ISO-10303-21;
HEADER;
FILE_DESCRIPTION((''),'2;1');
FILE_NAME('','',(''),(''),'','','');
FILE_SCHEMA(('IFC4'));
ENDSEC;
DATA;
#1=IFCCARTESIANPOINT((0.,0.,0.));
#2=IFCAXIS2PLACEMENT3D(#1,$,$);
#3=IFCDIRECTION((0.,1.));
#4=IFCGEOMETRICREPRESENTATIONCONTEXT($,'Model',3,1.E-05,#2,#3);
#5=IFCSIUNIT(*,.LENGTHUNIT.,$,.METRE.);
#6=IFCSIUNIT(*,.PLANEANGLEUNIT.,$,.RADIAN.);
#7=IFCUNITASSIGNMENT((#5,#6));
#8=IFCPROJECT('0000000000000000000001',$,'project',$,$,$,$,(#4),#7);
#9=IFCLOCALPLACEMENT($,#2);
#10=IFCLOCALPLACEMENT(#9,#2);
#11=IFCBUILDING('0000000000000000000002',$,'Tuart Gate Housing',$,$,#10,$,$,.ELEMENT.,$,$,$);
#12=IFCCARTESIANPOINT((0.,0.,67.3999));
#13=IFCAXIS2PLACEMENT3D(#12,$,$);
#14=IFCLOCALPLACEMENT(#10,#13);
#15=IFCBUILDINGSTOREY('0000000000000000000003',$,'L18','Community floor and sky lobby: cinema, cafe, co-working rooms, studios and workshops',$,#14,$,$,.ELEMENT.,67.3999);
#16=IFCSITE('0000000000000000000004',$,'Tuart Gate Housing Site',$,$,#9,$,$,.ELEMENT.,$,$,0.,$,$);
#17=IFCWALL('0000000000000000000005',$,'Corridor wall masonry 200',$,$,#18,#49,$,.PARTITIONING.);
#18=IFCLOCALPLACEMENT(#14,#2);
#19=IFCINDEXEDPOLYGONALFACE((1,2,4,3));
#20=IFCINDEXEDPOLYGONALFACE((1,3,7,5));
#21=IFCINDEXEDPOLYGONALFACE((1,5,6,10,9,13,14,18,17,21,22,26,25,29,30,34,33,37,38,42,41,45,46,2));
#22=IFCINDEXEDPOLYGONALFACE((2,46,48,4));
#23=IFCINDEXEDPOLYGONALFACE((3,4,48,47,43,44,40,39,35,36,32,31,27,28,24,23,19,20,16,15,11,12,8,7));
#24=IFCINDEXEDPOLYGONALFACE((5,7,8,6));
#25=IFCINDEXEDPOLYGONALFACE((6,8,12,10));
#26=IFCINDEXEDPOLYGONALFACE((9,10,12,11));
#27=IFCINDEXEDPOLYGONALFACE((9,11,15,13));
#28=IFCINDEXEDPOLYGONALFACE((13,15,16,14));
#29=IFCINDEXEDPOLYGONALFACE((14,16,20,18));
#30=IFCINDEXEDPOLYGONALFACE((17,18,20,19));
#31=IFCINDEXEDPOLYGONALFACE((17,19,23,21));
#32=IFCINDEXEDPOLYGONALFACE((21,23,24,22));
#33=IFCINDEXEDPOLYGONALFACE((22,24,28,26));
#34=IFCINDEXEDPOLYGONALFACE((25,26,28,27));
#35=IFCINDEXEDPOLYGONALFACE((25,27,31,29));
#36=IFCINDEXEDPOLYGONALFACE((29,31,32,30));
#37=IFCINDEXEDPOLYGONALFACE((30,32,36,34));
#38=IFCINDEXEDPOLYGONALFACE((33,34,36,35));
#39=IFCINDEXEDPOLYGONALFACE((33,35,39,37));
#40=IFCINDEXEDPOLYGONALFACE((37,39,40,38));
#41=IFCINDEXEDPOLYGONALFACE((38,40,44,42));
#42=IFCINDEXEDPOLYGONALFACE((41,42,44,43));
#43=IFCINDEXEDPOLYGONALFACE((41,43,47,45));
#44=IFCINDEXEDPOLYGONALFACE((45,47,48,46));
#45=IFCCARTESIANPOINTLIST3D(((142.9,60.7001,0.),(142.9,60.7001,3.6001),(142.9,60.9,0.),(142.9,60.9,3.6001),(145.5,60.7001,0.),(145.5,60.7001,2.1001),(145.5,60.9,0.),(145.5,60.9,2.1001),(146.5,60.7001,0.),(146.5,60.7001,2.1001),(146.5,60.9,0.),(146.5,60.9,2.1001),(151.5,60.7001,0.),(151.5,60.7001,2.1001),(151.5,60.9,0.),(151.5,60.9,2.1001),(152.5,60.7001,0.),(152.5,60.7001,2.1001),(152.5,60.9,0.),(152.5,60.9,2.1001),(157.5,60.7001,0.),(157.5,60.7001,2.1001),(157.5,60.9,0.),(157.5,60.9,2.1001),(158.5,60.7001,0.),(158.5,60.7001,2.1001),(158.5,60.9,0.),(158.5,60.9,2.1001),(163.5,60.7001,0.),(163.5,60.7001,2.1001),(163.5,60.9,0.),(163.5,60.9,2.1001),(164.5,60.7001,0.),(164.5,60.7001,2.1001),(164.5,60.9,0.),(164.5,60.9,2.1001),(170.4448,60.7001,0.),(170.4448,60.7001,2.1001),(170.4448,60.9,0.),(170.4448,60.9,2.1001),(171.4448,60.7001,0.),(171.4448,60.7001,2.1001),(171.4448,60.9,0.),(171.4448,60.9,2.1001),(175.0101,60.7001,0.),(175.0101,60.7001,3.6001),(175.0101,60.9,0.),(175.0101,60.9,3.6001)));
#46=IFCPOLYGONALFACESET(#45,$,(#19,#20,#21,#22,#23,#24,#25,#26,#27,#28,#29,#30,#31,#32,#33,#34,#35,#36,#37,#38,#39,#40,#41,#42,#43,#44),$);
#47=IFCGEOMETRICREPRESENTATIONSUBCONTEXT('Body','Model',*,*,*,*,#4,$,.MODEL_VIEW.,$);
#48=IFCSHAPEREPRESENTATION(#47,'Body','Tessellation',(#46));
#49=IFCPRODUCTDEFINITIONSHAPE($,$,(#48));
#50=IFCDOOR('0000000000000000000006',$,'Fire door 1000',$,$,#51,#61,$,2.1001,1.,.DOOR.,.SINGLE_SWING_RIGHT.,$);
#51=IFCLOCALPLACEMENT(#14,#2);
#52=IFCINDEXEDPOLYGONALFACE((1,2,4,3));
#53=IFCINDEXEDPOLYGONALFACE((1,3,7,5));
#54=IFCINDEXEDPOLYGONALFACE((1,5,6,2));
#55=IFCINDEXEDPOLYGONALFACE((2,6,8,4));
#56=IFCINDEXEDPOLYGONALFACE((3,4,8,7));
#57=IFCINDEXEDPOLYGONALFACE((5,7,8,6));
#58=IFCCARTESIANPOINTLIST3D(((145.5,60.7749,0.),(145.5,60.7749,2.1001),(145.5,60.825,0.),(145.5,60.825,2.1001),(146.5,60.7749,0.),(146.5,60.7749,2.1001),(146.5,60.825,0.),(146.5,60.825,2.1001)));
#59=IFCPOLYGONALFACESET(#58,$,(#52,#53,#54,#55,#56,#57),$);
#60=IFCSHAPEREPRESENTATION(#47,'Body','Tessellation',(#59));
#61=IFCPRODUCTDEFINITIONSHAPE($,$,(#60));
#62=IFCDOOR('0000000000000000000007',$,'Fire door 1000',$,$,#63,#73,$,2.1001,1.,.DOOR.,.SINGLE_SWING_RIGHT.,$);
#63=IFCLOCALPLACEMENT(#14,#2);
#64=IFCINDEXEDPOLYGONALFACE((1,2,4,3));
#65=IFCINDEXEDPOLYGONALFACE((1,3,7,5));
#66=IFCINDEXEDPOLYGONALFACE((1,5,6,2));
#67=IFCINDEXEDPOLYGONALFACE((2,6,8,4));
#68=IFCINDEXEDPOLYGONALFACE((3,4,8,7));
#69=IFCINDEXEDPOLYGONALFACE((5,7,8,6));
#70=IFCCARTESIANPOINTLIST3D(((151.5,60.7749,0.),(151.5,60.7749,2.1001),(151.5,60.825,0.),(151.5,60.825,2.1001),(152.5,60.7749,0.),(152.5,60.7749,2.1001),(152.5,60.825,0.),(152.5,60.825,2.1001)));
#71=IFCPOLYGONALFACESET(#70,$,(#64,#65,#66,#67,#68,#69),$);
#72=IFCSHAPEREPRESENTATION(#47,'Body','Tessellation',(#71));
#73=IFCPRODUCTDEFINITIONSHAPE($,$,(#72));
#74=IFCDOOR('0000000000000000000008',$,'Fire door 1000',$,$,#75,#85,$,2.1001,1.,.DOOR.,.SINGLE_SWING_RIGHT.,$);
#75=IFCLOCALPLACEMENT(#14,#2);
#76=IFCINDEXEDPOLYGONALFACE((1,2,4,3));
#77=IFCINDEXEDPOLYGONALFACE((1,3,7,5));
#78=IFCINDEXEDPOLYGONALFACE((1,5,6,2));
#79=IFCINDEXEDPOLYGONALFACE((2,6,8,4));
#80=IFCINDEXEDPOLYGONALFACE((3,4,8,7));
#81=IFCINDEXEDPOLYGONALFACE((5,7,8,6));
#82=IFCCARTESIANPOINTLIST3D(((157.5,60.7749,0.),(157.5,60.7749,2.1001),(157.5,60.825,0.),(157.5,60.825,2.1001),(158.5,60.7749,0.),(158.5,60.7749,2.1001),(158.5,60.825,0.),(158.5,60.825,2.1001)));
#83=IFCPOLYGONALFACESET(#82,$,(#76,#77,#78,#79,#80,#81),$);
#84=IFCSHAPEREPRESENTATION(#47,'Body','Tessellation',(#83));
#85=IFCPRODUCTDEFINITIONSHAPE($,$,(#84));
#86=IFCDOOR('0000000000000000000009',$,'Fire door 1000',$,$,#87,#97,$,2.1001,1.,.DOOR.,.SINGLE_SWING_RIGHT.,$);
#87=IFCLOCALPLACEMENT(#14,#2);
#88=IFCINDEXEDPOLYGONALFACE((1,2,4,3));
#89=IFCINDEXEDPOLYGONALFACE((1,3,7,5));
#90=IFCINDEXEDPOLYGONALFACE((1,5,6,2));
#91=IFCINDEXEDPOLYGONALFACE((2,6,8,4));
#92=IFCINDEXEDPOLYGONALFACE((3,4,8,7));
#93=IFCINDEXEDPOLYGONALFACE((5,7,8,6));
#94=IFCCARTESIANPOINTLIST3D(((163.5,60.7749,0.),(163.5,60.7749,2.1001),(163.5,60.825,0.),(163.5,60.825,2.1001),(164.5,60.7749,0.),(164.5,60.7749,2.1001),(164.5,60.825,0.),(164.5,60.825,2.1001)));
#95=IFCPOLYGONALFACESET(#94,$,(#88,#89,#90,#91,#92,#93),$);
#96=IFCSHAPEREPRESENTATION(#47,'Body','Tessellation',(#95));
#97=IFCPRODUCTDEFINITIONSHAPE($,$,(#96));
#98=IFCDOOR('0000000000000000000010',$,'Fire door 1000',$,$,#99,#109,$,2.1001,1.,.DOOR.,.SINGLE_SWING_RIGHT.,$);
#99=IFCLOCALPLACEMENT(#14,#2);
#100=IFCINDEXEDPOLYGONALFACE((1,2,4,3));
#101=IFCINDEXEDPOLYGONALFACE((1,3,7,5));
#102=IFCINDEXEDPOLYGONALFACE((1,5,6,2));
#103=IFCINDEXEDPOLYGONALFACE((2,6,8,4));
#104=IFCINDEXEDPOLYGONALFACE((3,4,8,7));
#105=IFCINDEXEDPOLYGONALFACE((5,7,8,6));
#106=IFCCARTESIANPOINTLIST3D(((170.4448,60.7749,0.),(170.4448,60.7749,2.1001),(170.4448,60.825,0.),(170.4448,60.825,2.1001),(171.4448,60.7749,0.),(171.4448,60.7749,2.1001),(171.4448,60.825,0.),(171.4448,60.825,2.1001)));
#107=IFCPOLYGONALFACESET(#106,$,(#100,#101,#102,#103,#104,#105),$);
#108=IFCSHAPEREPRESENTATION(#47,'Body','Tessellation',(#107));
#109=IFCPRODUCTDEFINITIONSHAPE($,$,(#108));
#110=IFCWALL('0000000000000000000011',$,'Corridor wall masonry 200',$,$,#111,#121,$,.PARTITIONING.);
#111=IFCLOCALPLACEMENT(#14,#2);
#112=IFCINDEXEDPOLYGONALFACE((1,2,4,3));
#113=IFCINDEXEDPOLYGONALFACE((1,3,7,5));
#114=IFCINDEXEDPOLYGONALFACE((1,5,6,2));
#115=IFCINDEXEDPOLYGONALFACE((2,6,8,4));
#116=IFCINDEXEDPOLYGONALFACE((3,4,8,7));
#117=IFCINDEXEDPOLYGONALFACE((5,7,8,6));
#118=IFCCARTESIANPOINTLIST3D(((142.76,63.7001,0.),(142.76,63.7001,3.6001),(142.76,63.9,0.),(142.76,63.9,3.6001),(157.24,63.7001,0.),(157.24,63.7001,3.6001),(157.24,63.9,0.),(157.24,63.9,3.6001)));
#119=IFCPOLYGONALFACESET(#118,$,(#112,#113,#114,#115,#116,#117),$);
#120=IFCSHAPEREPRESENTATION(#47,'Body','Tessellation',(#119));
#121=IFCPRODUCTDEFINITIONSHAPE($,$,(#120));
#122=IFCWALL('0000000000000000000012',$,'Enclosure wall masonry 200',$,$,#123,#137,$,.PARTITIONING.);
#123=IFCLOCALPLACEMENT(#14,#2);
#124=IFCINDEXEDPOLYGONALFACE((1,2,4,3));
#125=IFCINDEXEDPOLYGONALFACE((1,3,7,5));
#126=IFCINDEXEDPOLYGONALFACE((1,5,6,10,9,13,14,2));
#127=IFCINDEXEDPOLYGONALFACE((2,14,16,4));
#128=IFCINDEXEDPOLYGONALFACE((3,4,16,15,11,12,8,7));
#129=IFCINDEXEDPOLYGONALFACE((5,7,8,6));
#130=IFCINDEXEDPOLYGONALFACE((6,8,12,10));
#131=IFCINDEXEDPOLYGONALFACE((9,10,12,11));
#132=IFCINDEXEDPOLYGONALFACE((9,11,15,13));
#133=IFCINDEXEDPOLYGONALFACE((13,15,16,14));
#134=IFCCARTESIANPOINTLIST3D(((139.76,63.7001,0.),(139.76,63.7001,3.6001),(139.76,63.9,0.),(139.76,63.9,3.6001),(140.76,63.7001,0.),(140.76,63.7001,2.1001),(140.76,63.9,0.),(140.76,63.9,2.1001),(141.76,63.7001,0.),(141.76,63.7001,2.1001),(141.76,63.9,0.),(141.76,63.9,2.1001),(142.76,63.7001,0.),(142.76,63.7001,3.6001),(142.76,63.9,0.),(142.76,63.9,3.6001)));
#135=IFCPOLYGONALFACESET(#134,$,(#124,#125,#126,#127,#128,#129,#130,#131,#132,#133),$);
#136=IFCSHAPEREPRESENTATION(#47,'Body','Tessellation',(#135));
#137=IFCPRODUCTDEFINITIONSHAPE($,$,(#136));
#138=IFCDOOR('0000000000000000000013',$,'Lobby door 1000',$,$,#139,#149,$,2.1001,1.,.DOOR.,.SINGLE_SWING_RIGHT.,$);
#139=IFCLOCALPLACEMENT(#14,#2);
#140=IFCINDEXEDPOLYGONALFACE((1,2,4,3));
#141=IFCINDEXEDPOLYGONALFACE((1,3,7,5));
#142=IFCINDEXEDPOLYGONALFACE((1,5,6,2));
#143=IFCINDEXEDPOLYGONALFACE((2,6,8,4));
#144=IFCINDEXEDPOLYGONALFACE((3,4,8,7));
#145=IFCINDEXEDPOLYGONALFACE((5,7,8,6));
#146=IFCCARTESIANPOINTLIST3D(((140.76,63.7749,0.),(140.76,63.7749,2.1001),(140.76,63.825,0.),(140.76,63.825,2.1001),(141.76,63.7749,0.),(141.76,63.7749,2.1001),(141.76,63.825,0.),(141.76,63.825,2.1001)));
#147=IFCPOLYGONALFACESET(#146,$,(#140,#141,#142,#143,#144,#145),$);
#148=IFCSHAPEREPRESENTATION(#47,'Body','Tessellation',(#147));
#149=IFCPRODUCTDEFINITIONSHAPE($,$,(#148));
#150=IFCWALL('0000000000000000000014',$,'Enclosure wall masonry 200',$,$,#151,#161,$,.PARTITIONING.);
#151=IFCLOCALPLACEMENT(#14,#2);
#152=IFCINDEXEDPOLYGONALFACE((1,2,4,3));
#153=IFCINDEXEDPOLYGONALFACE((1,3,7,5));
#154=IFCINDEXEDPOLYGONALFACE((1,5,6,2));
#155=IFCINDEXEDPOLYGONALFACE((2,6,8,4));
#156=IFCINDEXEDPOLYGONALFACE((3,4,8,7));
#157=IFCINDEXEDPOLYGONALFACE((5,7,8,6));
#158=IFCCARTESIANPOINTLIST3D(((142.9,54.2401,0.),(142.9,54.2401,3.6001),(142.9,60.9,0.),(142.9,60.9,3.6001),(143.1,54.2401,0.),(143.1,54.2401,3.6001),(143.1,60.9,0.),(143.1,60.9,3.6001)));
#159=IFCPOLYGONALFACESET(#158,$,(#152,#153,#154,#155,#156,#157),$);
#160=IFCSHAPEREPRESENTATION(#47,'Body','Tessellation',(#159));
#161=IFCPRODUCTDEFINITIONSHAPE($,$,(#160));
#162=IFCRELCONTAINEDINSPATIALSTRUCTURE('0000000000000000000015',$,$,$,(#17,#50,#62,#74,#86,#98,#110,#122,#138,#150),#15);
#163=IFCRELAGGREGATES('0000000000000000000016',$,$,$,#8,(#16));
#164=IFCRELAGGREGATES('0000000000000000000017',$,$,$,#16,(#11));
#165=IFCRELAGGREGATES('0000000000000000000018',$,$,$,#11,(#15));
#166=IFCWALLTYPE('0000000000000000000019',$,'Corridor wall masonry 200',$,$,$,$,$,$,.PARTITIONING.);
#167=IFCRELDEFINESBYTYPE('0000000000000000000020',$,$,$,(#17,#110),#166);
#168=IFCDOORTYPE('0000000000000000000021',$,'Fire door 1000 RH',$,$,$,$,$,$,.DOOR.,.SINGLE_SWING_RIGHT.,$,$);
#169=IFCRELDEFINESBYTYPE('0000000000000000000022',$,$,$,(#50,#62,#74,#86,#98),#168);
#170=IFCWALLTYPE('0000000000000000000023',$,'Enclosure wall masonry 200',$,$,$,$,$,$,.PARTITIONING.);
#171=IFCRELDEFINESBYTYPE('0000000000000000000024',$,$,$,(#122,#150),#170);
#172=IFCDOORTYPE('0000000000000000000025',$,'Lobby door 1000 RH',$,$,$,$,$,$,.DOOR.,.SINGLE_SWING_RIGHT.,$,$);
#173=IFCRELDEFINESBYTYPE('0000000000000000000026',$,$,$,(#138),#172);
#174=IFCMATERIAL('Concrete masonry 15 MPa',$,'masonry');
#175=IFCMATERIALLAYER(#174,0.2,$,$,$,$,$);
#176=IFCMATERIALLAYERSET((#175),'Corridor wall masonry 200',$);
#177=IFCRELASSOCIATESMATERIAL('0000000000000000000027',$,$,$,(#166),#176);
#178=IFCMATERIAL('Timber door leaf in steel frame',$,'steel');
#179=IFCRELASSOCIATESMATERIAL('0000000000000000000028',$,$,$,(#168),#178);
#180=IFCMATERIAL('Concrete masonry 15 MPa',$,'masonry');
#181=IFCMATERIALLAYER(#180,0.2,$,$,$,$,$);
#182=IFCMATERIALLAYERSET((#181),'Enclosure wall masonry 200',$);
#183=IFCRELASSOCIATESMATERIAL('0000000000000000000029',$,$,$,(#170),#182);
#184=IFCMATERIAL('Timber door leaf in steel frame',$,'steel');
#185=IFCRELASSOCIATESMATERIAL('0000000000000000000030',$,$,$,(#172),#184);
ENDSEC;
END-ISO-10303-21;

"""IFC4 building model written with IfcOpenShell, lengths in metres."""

from ifc_helpers import new_model, si_unit, direction, frame, frame_2d, origin, place, context, subcontext, project, spatial, rectangle, extrude, material, layer, layer_set, type_object, element, fill, save


model = new_model("IFC4")

# Units and contexts
model_context = context("Model", 3, precision=1e-05, world=origin(), true_north=direction((0.0, 1.0)))
body_context = subcontext(model_context, "Body", "Model", "MODEL_VIEW")
ifc_project = project(units=[si_unit("LENGTHUNIT", "METRE"), si_unit("PLANEANGLEUNIT", "RADIAN")], contexts=[model_context])

# Site, building, storey
site_placement = place(None, origin())
site = spatial("IfcSite", under=ifc_project, at=site_placement, Name="Tuart Gate Housing Site", CompositionType="ELEMENT", RefElevation=0.0)
building_placement = place(site_placement, origin())
building = spatial("IfcBuilding", under=site, at=building_placement, Name="Tuart Gate Housing", CompositionType="ELEMENT")
storey_placement = place(building_placement, frame((0.0, 0.0, 67.3999)))
storey = spatial("IfcBuildingStorey", under=building, at=storey_placement, Name="L18", Description="Community floor and sky lobby: cinema, cafe, co-working rooms, studios and workshops", CompositionType="ELEMENT", Elevation=67.3999)

# Wall, openings, doors
ifc_material_1 = material(Name="Concrete masonry 15 MPa", Category="masonry")
ifc_layer_1 = layer(ifc_material_1, 0.2)
ifc_layer_set_1 = layer_set([ifc_layer_1], Name="Corridor wall masonry 200")
wall_type_1 = type_object("IfcWallType", Name="Corridor wall masonry 200", PredefinedType="PARTITIONING", material=ifc_layer_set_1)
wall_1_placement = place(storey_placement, frame((142.8999, 60.8, 0.0), z_axis=(0.0, 0.0, 1.0), x_axis=(1.0, 0.0, 0.0)))
wall_1 = element("IfcWall", 1, at=wall_1_placement, inside=storey, type_object=wall_type_1, Name="Corridor wall masonry 200", PredefinedType="PARTITIONING", context=body_context, shape_type="SweptSolid", body=[
    extrude(rectangle(XDim=32.1101, YDim=0.2, at=frame_2d((16.0552, 0.0))), origin(), (0.0, 0.0, 1.0), 3.6001),
])
opening_1_placement = place(wall_1_placement, frame((2.6001, 0.0, 0.0)))
opening_1 = element("IfcOpeningElement", 2, at=opening_1_placement, cuts=wall_1, PredefinedType="OPENING", context=body_context, shape_type="SweptSolid", body=[
    extrude(rectangle(XDim=1.0, YDim=2.1001, at=frame_2d((0.5, 1.05))), frame((0.0, 0.1099, 0.0), z_axis=(0.0, -1.0, 0.0), x_axis=(1.0, 0.0, 0.0)), (0.0, 0.0, 1.0), 0.22),
])
opening_2_placement = place(wall_1_placement, frame((8.6001, 0.0, 0.0)))
opening_2 = element("IfcOpeningElement", 3, at=opening_2_placement, cuts=wall_1, PredefinedType="OPENING", context=body_context, shape_type="SweptSolid", body=[
    extrude(rectangle(XDim=1.0, YDim=2.1001, at=frame_2d((0.5, 1.05))), frame((0.0, 0.1099, 0.0), z_axis=(0.0, -1.0, 0.0), x_axis=(1.0, 0.0, 0.0)), (0.0, 0.0, 1.0), 0.22),
])
opening_3_placement = place(wall_1_placement, frame((14.6001, 0.0, 0.0)))
opening_3 = element("IfcOpeningElement", 4, at=opening_3_placement, cuts=wall_1, PredefinedType="OPENING", context=body_context, shape_type="SweptSolid", body=[
    extrude(rectangle(XDim=1.0, YDim=2.1001, at=frame_2d((0.5, 1.05))), frame((0.0, 0.1099, 0.0), z_axis=(0.0, -1.0, 0.0), x_axis=(1.0, 0.0, 0.0)), (0.0, 0.0, 1.0), 0.22),
])
opening_4_placement = place(wall_1_placement, frame((20.6001, 0.0, 0.0)))
opening_4 = element("IfcOpeningElement", 5, at=opening_4_placement, cuts=wall_1, PredefinedType="OPENING", context=body_context, shape_type="SweptSolid", body=[
    extrude(rectangle(XDim=1.0, YDim=2.1001, at=frame_2d((0.5, 1.05))), frame((0.0, 0.1099, 0.0), z_axis=(0.0, -1.0, 0.0), x_axis=(1.0, 0.0, 0.0)), (0.0, 0.0, 1.0), 0.22),
])
opening_5_placement = place(wall_1_placement, frame((27.5449, 0.0, 0.0)))
opening_5 = element("IfcOpeningElement", 6, at=opening_5_placement, cuts=wall_1, PredefinedType="OPENING", context=body_context, shape_type="SweptSolid", body=[
    extrude(rectangle(XDim=1.0, YDim=2.1001, at=frame_2d((0.5, 1.05))), frame((0.0, 0.1099, 0.0), z_axis=(0.0, -1.0, 0.0), x_axis=(1.0, 0.0, 0.0)), (0.0, 0.0, 1.0), 0.22),
])
ifc_material_2 = material(Name="Timber door leaf in steel frame", Category="steel")
door_type_1 = type_object("IfcDoorType", Name="Fire door 1000 RH", OperationType="SINGLE_SWING_RIGHT", PredefinedType="DOOR", material=ifc_material_2)
door_1_placement = place(opening_1_placement, frame((1.0, 0.0, 0.0), z_axis=(0.0, 0.0, 1.0), x_axis=(-1.0, 0.0, 0.0)))
door_1 = element("IfcDoor", 7, at=door_1_placement, inside=storey, type_object=door_type_1, Name="Fire door 1000", OperationType="SINGLE_SWING_RIGHT", OverallHeight=2.1001, OverallWidth=1.0, PredefinedType="DOOR", context=body_context, shape_type="SweptSolid", body=[
    extrude(rectangle(XDim=1.0, YDim=2.1001, at=frame_2d((0.5, 1.05))), frame((0.0, 0.0251, 0.0), z_axis=(0.0, -1.0, 0.0), x_axis=(1.0, 0.0, 0.0)), (0.0, 0.0, 1.0), 0.05),
])
fill(opening_1, door_1)
door_2_placement = place(opening_2_placement, frame((1.0, 0.0, 0.0), z_axis=(0.0, 0.0, 1.0), x_axis=(-1.0, 0.0, 0.0)))
door_2 = element("IfcDoor", 8, at=door_2_placement, inside=storey, type_object=door_type_1, Name="Fire door 1000", OperationType="SINGLE_SWING_RIGHT", OverallHeight=2.1001, OverallWidth=1.0, PredefinedType="DOOR", context=body_context, shape_type="SweptSolid", body=[
    extrude(rectangle(XDim=1.0, YDim=2.1001, at=frame_2d((0.5, 1.05))), frame((0.0, 0.0251, 0.0), z_axis=(0.0, -1.0, 0.0), x_axis=(1.0, 0.0, 0.0)), (0.0, 0.0, 1.0), 0.05),
])
fill(opening_2, door_2)
door_3_placement = place(opening_3_placement, frame((1.0, 0.0, 0.0), z_axis=(0.0, 0.0, 1.0), x_axis=(-1.0, 0.0, 0.0)))
door_3 = element("IfcDoor", 9, at=door_3_placement, inside=storey, type_object=door_type_1, Name="Fire door 1000", OperationType="SINGLE_SWING_RIGHT", OverallHeight=2.1001, OverallWidth=1.0, PredefinedType="DOOR", context=body_context, shape_type="SweptSolid", body=[
    extrude(rectangle(XDim=1.0, YDim=2.1001, at=frame_2d((0.5, 1.05))), frame((0.0, 0.0251, 0.0), z_axis=(0.0, -1.0, 0.0), x_axis=(1.0, 0.0, 0.0)), (0.0, 0.0, 1.0), 0.05),
])
fill(opening_3, door_3)
door_4_placement = place(opening_4_placement, frame((1.0, 0.0, 0.0), z_axis=(0.0, 0.0, 1.0), x_axis=(-1.0, 0.0, 0.0)))
door_4 = element("IfcDoor", 10, at=door_4_placement, inside=storey, type_object=door_type_1, Name="Fire door 1000", OperationType="SINGLE_SWING_RIGHT", OverallHeight=2.1001, OverallWidth=1.0, PredefinedType="DOOR", context=body_context, shape_type="SweptSolid", body=[
    extrude(rectangle(XDim=1.0, YDim=2.1001, at=frame_2d((0.5, 1.05))), frame((0.0, 0.0251, 0.0), z_axis=(0.0, -1.0, 0.0), x_axis=(1.0, 0.0, 0.0)), (0.0, 0.0, 1.0), 0.05),
])
fill(opening_4, door_4)
door_5_placement = place(opening_5_placement, frame((1.0, 0.0, 0.0), z_axis=(0.0, 0.0, 1.0), x_axis=(-1.0, 0.0, 0.0)))
door_5 = element("IfcDoor", 11, at=door_5_placement, inside=storey, type_object=door_type_1, Name="Fire door 1000", OperationType="SINGLE_SWING_RIGHT", OverallHeight=2.1001, OverallWidth=1.0, PredefinedType="DOOR", context=body_context, shape_type="SweptSolid", body=[
    extrude(rectangle(XDim=1.0, YDim=2.1001, at=frame_2d((0.5, 1.05))), frame((0.0, 0.0251, 0.0), z_axis=(0.0, -1.0, 0.0), x_axis=(1.0, 0.0, 0.0)), (0.0, 0.0, 1.0), 0.05),
])
fill(opening_5, door_5)

# Wall
wall_2_placement = place(storey_placement, frame((142.76, 63.8, 0.0), z_axis=(0.0, 0.0, 1.0), x_axis=(1.0, 0.0, 0.0)))
element("IfcWall", 12, at=wall_2_placement, inside=storey, type_object=wall_type_1, Name="Corridor wall masonry 200", PredefinedType="PARTITIONING", context=body_context, shape_type="SweptSolid", body=[
    extrude(rectangle(XDim=14.48, YDim=0.2, at=frame_2d((7.24, 0.0))), origin(), (0.0, 0.0, 1.0), 3.6001),
])

# Wall, opening, door
ifc_material_3 = material(Name="Concrete masonry 15 MPa", Category="masonry")
ifc_layer_2 = layer(ifc_material_3, 0.2)
ifc_layer_set_2 = layer_set([ifc_layer_2], Name="Enclosure wall masonry 200")
wall_type_2 = type_object("IfcWallType", Name="Enclosure wall masonry 200", PredefinedType="PARTITIONING", material=ifc_layer_set_2)
wall_3_placement = place(storey_placement, frame((139.76, 63.8, 0.0), z_axis=(0.0, 0.0, 1.0), x_axis=(1.0, 0.0, 0.0)))
wall_3 = element("IfcWall", 13, at=wall_3_placement, inside=storey, type_object=wall_type_2, Name="Enclosure wall masonry 200", PredefinedType="PARTITIONING", context=body_context, shape_type="SweptSolid", body=[
    extrude(rectangle(XDim=3.0, YDim=0.2, at=frame_2d((1.5, 0.0))), origin(), (0.0, 0.0, 1.0), 3.6001),
])
opening_6_placement = place(wall_3_placement, frame((1.0, 0.0, 0.0)))
opening_6 = element("IfcOpeningElement", 14, at=opening_6_placement, cuts=wall_3, PredefinedType="OPENING", context=body_context, shape_type="SweptSolid", body=[
    extrude(rectangle(XDim=1.0, YDim=2.1001, at=frame_2d((0.5, 1.05))), frame((0.0, 0.1099, 0.0), z_axis=(0.0, -1.0, 0.0), x_axis=(1.0, 0.0, 0.0)), (0.0, 0.0, 1.0), 0.22),
])
ifc_material_4 = material(Name="Timber door leaf in steel frame", Category="steel")
door_type_2 = type_object("IfcDoorType", Name="Lobby door 1000 RH", OperationType="SINGLE_SWING_RIGHT", PredefinedType="DOOR", material=ifc_material_4)
door_6_placement = place(opening_6_placement, origin())
door_6 = element("IfcDoor", 15, at=door_6_placement, inside=storey, type_object=door_type_2, Name="Lobby door 1000", OperationType="SINGLE_SWING_RIGHT", OverallHeight=2.1001, OverallWidth=1.0, PredefinedType="DOOR", context=body_context, shape_type="SweptSolid", body=[
    extrude(rectangle(XDim=1.0, YDim=2.1001, at=frame_2d((0.5, 1.05))), frame((0.0, 0.0249, 0.0), z_axis=(0.0, -1.0, 0.0), x_axis=(1.0, 0.0, 0.0)), (0.0, 0.0, 1.0), 0.05),
])
fill(opening_6, door_6)

# Wall
wall_4_placement = place(storey_placement, frame((143.0, 54.24, 0.0), z_axis=(0.0, 0.0, 1.0), x_axis=(0.0, 1.0, 0.0)))
element("IfcWall", 16, at=wall_4_placement, inside=storey, type_object=wall_type_2, Name="Enclosure wall masonry 200", PredefinedType="PARTITIONING", context=body_context, shape_type="SweptSolid", body=[
    extrude(rectangle(XDim=6.6599, YDim=0.2, at=frame_2d((3.3301, 0.0))), origin(), (0.0, 0.0, 1.0), 3.6001),
])

save(model, "model.ifc")
